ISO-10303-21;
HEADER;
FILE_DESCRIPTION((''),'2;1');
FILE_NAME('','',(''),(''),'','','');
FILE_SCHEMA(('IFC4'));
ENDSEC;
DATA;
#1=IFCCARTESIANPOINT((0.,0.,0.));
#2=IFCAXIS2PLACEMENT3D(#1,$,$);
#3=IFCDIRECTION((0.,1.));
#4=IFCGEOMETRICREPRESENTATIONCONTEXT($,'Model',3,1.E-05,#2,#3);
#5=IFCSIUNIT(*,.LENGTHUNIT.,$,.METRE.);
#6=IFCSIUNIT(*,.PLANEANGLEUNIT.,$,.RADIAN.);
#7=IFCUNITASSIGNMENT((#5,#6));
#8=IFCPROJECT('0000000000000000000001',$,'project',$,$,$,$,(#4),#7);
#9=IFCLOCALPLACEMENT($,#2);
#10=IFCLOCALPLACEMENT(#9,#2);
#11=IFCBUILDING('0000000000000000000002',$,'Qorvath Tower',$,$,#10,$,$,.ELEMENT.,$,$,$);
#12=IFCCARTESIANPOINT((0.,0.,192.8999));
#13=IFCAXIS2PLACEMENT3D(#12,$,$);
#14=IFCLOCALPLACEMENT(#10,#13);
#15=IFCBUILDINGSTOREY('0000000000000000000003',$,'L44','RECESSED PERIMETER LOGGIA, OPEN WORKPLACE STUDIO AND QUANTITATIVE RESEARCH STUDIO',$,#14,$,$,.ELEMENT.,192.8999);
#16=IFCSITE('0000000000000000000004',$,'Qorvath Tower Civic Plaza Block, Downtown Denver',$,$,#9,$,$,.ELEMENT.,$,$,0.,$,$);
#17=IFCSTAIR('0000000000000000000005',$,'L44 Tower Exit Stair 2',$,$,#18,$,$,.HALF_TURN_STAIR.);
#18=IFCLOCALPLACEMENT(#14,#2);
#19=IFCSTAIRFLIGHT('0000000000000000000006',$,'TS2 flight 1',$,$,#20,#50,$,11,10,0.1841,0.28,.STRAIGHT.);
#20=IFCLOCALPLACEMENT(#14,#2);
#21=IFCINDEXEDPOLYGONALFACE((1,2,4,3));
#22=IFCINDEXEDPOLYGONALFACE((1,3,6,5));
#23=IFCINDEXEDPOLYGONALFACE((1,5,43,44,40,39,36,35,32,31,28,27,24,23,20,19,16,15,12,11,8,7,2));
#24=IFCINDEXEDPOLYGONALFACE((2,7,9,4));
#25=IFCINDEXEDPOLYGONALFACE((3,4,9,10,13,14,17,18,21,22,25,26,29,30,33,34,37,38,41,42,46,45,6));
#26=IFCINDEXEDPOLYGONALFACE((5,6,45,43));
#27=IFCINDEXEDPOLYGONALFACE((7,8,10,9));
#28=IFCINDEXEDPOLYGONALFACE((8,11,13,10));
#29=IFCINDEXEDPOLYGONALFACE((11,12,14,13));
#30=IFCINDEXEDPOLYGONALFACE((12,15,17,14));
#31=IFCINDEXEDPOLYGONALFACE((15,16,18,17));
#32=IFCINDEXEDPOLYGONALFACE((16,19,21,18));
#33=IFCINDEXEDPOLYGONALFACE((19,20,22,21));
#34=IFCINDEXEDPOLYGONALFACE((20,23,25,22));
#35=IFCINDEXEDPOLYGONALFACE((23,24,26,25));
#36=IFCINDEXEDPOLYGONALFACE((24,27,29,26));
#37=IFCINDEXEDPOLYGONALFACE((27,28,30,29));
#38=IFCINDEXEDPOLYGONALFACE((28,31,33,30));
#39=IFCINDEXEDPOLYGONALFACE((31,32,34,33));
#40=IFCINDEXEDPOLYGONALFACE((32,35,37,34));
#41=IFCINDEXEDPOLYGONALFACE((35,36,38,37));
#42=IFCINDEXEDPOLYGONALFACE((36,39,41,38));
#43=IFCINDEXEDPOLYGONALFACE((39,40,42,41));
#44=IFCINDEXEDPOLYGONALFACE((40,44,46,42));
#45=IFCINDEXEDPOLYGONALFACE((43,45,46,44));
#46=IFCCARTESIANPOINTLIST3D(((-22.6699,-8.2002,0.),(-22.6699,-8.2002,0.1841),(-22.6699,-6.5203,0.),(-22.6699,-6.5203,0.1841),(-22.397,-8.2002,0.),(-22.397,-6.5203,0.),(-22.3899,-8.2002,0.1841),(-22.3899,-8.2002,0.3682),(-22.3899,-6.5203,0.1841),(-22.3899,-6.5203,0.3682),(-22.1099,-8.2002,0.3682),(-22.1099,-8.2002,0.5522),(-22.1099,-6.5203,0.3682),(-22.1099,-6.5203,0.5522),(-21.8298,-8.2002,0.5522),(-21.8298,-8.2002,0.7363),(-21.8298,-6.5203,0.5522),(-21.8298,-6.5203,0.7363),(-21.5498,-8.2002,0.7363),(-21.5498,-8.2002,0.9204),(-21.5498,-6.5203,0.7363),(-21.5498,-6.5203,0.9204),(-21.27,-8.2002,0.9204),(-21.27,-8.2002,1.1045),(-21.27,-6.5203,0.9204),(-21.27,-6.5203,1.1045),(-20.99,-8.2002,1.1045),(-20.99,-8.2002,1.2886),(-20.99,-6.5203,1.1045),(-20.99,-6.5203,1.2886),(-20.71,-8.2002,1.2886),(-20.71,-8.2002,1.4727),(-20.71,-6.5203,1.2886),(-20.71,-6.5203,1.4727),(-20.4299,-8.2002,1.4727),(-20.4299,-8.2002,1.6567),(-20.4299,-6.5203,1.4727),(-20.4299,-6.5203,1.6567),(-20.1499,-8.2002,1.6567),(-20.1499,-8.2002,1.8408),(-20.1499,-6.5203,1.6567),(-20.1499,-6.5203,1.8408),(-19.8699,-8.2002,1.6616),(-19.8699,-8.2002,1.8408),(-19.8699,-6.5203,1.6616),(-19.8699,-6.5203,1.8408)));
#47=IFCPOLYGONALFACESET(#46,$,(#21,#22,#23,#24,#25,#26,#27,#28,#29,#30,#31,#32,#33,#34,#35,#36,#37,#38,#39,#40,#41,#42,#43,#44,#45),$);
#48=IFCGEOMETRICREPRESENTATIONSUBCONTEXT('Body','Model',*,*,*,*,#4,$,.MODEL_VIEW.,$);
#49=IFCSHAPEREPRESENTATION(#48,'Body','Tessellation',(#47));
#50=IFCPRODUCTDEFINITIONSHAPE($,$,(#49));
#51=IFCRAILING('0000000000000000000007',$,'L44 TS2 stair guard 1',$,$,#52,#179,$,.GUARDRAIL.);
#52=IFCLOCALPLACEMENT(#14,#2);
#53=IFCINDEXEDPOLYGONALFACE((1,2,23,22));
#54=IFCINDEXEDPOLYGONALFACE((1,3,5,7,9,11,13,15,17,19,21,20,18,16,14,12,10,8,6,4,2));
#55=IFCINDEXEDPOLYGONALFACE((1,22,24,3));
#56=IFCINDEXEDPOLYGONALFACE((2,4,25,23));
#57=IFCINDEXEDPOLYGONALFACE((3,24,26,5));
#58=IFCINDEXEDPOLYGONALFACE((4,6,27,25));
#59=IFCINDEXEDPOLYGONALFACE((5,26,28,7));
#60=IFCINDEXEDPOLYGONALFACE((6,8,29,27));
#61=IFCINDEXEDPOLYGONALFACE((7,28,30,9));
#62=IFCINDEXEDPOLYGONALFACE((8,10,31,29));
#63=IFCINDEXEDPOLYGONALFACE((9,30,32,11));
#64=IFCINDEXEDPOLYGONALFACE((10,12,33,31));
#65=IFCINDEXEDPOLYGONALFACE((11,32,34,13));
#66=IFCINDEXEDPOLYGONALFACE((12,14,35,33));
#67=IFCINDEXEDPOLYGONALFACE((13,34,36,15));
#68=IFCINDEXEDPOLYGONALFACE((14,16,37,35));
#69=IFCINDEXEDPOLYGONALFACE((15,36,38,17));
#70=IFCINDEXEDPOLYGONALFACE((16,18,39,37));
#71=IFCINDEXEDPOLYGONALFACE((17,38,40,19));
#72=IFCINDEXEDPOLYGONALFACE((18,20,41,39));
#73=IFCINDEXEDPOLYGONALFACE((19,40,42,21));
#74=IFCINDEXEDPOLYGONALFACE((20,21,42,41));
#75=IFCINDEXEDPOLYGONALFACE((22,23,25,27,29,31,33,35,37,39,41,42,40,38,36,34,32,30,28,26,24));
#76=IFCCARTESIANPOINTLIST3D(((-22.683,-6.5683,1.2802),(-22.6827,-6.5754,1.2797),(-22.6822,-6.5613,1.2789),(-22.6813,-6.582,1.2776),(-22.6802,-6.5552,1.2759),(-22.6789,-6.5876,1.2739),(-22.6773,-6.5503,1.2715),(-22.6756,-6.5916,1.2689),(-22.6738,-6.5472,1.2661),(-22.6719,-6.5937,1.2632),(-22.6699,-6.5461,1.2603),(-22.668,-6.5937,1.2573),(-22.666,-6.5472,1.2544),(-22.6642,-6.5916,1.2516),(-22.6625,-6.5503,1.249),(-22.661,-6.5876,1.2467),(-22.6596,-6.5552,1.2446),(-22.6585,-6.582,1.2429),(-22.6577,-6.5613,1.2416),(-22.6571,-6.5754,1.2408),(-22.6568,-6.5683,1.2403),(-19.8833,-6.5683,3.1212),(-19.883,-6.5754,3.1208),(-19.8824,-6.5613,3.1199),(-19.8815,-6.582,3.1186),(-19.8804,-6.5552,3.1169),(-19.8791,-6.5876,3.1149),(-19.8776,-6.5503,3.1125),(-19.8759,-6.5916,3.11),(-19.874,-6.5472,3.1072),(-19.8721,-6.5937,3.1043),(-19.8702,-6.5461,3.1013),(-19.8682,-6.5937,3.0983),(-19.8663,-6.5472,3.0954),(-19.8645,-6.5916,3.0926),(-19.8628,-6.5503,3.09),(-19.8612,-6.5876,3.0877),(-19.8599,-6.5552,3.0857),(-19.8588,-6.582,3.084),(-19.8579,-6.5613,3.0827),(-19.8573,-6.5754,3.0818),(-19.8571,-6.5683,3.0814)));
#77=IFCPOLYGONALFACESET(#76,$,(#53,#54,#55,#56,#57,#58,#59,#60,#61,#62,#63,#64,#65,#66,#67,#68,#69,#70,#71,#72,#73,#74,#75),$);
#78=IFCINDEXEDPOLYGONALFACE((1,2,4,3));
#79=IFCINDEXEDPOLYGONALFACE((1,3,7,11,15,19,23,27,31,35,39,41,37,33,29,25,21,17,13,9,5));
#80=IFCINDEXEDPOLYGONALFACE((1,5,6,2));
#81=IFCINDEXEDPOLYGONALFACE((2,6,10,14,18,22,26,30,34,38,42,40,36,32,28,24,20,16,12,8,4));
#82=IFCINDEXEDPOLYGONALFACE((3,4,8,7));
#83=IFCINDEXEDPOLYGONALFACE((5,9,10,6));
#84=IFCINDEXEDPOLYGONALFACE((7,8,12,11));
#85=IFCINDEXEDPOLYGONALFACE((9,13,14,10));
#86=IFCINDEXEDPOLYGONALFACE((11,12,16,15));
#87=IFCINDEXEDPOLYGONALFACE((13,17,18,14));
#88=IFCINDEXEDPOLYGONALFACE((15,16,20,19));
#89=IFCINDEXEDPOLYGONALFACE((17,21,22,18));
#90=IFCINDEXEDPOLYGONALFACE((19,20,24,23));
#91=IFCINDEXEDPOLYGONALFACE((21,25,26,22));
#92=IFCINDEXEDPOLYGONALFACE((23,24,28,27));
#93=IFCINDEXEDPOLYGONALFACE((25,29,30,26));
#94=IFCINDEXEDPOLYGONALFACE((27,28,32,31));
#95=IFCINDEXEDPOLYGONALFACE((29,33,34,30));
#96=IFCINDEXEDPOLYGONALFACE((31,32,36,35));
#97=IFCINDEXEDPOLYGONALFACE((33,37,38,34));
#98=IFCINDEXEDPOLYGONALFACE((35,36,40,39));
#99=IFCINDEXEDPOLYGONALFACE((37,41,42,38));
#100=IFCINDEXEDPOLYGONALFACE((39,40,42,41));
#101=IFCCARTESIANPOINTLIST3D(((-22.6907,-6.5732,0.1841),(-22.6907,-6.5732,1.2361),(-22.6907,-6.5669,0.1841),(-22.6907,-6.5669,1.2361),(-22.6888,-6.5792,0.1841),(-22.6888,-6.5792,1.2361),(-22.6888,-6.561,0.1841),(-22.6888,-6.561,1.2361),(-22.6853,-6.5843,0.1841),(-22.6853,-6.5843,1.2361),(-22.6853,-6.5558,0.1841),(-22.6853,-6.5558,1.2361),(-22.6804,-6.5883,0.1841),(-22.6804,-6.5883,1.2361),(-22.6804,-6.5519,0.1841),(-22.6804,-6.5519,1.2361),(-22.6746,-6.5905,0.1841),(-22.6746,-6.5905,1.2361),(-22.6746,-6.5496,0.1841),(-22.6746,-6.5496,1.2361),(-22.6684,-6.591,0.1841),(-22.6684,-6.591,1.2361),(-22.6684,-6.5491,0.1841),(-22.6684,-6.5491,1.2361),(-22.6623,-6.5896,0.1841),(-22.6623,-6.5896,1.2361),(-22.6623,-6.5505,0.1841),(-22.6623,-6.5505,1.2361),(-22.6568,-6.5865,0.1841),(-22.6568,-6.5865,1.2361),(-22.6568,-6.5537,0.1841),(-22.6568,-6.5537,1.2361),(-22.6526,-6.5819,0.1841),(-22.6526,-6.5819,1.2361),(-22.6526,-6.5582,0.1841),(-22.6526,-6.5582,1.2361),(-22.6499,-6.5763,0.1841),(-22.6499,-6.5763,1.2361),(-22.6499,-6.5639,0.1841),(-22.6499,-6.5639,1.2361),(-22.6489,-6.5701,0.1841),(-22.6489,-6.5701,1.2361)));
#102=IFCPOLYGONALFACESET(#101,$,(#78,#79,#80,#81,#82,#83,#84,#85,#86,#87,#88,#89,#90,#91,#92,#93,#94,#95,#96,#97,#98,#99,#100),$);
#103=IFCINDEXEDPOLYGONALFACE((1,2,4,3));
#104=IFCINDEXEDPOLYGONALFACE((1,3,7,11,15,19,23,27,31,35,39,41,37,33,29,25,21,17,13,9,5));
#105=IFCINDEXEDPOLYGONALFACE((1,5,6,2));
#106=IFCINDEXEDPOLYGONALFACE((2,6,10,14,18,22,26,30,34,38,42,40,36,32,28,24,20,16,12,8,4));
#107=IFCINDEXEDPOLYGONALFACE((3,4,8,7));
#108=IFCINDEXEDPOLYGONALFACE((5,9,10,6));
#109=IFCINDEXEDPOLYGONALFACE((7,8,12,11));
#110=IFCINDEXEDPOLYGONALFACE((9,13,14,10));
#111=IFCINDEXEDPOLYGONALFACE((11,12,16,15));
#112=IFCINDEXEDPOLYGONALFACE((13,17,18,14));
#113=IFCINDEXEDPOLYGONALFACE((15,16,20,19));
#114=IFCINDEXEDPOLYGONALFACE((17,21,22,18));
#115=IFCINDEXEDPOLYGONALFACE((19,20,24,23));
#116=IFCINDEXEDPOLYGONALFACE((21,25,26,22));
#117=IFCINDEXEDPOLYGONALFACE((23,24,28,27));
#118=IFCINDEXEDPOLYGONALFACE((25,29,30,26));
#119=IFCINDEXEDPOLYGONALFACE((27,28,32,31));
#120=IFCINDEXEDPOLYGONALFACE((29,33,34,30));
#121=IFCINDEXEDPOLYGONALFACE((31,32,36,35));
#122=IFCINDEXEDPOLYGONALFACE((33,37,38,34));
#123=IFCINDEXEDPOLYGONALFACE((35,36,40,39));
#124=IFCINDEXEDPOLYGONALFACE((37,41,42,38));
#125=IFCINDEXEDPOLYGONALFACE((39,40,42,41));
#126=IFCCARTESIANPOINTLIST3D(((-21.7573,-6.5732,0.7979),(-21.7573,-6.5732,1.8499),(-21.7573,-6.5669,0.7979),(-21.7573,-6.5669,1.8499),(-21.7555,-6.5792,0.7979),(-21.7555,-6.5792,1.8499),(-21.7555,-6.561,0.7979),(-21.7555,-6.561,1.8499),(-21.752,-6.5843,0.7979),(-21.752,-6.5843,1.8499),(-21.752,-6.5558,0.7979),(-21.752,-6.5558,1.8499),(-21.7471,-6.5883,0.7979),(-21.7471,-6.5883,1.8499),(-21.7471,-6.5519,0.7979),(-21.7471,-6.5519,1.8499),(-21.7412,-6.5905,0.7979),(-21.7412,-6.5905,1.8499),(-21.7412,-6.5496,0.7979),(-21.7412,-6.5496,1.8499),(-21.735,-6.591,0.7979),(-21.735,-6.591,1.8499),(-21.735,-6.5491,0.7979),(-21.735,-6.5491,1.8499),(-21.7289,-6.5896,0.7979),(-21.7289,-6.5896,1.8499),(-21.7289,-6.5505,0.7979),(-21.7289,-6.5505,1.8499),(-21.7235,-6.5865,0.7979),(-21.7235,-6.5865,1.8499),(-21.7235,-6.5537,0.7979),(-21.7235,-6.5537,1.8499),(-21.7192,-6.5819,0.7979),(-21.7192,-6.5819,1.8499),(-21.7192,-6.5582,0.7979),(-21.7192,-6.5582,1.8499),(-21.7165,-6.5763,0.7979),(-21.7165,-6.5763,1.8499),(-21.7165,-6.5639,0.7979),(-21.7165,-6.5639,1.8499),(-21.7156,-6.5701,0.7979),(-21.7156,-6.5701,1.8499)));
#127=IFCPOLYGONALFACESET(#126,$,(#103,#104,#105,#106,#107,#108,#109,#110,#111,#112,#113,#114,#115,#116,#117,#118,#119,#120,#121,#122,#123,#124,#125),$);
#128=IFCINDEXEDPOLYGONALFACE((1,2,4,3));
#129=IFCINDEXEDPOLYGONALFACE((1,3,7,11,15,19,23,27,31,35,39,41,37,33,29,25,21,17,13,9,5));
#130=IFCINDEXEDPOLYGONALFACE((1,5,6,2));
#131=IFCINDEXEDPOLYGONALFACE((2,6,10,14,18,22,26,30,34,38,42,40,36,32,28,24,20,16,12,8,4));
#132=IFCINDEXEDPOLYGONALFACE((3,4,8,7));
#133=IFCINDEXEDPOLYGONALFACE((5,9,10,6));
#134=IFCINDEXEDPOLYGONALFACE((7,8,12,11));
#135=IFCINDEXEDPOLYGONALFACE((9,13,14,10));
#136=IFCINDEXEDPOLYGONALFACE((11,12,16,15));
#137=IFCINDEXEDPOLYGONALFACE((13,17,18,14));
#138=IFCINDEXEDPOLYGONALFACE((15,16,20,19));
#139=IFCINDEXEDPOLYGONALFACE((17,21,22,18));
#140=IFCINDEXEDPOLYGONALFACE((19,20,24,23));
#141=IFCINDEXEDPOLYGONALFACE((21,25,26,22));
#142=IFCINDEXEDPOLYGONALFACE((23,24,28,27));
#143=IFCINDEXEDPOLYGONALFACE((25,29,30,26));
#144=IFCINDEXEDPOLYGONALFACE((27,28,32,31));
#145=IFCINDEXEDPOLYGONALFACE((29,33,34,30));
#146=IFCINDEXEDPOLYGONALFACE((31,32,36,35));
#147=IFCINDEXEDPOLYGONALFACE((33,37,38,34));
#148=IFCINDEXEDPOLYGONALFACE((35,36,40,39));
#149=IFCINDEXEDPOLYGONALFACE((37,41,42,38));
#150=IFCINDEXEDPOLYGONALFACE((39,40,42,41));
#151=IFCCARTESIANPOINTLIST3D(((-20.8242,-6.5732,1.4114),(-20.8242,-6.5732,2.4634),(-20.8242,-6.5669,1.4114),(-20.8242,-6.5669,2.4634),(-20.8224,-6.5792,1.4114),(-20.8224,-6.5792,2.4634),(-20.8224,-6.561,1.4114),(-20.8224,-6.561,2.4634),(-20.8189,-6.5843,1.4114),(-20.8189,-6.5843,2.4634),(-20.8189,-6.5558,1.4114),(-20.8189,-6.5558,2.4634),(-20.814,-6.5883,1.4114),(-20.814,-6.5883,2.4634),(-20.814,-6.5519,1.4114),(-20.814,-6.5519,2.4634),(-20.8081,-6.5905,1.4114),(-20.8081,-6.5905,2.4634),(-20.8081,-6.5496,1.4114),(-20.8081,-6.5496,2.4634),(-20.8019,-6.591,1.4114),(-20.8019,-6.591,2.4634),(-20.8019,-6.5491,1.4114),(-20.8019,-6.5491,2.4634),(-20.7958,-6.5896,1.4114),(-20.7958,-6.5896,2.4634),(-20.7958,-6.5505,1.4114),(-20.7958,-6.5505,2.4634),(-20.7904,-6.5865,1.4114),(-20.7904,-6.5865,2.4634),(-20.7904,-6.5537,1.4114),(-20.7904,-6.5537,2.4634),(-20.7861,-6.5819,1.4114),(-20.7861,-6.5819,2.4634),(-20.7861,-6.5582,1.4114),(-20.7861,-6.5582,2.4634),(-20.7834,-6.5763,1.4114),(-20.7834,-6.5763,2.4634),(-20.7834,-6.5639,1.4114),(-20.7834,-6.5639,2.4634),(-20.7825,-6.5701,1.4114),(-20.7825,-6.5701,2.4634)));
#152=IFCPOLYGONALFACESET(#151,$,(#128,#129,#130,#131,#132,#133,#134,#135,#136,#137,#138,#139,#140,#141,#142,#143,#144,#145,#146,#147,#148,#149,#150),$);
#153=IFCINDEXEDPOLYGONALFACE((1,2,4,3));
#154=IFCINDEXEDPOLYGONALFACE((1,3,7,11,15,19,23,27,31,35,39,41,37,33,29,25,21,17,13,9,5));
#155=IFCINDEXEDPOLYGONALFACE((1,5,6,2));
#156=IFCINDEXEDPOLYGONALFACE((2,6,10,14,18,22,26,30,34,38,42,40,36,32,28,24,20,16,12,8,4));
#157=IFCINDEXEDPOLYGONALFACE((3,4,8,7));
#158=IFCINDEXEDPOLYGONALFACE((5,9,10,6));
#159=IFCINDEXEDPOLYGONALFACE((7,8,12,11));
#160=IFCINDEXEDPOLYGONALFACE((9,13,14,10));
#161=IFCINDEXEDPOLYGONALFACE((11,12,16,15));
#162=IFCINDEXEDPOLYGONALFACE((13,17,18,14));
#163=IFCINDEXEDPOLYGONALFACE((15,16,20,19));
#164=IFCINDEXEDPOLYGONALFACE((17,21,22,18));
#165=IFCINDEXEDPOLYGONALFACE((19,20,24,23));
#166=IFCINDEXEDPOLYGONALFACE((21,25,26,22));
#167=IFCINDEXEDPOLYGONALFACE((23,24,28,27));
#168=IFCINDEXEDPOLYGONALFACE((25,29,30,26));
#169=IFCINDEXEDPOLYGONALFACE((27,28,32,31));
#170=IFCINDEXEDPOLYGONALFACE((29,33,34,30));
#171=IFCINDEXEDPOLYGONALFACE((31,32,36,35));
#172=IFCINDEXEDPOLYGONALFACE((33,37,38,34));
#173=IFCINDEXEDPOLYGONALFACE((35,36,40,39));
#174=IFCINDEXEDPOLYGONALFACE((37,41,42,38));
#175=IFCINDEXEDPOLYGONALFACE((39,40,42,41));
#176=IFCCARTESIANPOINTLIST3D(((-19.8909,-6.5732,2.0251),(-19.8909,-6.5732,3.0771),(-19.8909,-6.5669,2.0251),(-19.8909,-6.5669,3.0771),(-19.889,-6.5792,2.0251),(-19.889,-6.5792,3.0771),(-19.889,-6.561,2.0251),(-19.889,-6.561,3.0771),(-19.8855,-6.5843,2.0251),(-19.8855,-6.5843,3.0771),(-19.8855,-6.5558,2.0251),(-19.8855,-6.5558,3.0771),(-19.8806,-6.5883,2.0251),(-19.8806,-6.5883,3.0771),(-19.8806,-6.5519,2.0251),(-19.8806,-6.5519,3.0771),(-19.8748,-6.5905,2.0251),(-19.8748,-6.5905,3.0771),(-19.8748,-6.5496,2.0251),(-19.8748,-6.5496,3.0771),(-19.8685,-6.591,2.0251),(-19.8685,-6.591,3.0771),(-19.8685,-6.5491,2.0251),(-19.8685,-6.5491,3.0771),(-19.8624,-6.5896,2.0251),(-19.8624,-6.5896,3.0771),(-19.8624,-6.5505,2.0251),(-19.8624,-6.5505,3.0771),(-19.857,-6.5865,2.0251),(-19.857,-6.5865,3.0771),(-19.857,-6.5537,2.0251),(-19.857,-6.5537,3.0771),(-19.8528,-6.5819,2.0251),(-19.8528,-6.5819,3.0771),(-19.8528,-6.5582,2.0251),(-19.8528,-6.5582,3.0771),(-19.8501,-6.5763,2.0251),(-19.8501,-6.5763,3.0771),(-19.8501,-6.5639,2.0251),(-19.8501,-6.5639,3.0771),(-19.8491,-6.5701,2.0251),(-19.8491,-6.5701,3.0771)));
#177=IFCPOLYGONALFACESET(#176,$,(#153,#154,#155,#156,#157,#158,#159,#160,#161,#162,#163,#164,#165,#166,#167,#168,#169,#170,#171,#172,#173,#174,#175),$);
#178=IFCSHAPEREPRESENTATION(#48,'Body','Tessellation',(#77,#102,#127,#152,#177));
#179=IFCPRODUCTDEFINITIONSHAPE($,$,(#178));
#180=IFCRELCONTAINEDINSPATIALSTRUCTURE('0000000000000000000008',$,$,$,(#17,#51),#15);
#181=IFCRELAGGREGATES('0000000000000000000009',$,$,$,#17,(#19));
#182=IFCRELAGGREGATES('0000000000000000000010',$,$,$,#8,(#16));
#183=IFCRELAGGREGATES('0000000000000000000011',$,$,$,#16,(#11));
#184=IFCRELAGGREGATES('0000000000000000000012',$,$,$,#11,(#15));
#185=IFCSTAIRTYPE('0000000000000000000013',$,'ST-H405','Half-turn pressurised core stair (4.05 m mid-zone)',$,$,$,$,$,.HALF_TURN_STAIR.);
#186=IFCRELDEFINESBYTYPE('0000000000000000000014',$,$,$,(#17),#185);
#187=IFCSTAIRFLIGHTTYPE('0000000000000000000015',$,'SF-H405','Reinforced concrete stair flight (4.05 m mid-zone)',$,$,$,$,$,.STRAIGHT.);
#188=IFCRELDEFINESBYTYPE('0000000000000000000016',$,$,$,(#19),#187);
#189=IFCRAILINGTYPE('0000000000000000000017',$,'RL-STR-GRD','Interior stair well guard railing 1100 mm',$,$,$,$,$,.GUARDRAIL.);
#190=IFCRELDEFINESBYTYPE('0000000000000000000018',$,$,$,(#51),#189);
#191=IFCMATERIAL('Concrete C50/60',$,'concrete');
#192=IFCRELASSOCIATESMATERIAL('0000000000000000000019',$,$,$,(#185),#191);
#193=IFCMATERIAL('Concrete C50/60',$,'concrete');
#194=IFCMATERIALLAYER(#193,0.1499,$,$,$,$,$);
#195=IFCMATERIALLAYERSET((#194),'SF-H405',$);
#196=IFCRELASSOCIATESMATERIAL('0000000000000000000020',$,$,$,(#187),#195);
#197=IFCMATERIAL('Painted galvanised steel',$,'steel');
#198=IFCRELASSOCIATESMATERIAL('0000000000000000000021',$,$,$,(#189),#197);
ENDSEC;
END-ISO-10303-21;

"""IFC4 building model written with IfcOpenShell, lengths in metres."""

from ifc_helpers import new_model, si_unit, direction, frame, origin, origin_2d, place, context, subcontext, project, spatial, polyline, circle, outline, extrude, material, layer, layer_set, type_object, element, aggregate, save


model = new_model("IFC4")

# Units and contexts
model_context = context("Model", 3, precision=1e-05, world=origin(), true_north=direction((0.0, 1.0)))
body_context = subcontext(model_context, "Body", "Model", "MODEL_VIEW")
ifc_project = project(units=[si_unit("LENGTHUNIT", "METRE"), si_unit("PLANEANGLEUNIT", "RADIAN")], contexts=[model_context])

# Site, building, storey
site_placement = place(None, origin())
site = spatial("IfcSite", under=ifc_project, at=site_placement, Name="Qorvath Tower Civic Plaza Block, Downtown Denver", CompositionType="ELEMENT", RefElevation=0.0)
building_placement = place(site_placement, origin())
building = spatial("IfcBuilding", under=site, at=building_placement, Name="Qorvath Tower", CompositionType="ELEMENT")
storey_placement = place(building_placement, frame((0.0, 0.0, 192.8999)))
storey = spatial("IfcBuildingStorey", under=building, at=storey_placement, Name="L44", Description="RECESSED PERIMETER LOGGIA, OPEN WORKPLACE STUDIO AND QUANTITATIVE RESEARCH STUDIO", CompositionType="ELEMENT", Elevation=192.8999)

# Stair, stair flight
ifc_material_1 = material(Name="Concrete C50/60", Category="concrete")
stair_type = type_object("IfcStairType", Name="ST-H405", Description="Half-turn pressurised core stair (4.05 m mid-zone)", PredefinedType="HALF_TURN_STAIR", material=ifc_material_1)
stair_placement = place(storey_placement, origin())
stair = element("IfcStair", 1, at=stair_placement, inside=storey, type_object=stair_type, Name="L44 Tower Exit Stair 2", PredefinedType="HALF_TURN_STAIR")
ifc_material_2 = material(Name="Concrete C50/60", Category="concrete")
ifc_layer_1 = layer(ifc_material_2, 0.1499)
ifc_layer_set_1 = layer_set([ifc_layer_1], Name="SF-H405")
stair_flight_type = type_object("IfcStairFlightType", Name="SF-H405", Description="Reinforced concrete stair flight (4.05 m mid-zone)", PredefinedType="STRAIGHT", material=ifc_layer_set_1)
stair_flight_placement = place(storey_placement, frame((-22.6699, -7.3601, 0.0), z_axis=(0.0, 0.0, 1.0), x_axis=(1.0, 0.0, 0.0)))
stair_flight = element("IfcStairFlight", 2, at=stair_flight_placement, type_object=stair_flight_type, Name="TS2 flight 1", NumberOfRisers=11, NumberOfTreads=10, PredefinedType="STRAIGHT", RiserHeight=0.1841, TreadLength=0.28, context=body_context, shape_type="SweptSolid", body=[
    extrude(outline(polyline([(0.0, 0.0), (0.0, 0.1841), (0.28, 0.1841), (0.28, 0.3682), (0.5601, 0.3682), (0.5601, 0.5522), (0.8401, 0.5522), (0.8401, 0.7363), (1.1201, 0.7363), (1.1201, 0.9204), (1.3999, 0.9204), (1.3999, 1.1045), (1.6799, 1.1045), (1.6799, 1.2886), (1.96, 1.2886), (1.96, 1.4727), (2.24, 1.4727), (2.24, 1.6567), (2.52, 1.6567), (2.52, 1.8408), (2.8, 1.8408), (2.8, 2.0249), (2.8, 1.6616), (0.2729, 0.0), (0.0, 0.0)])), frame((0.0, 0.8398, 0.0), z_axis=(0.0, -1.0, 0.0), x_axis=(1.0, 0.0, 0.0)), (0.0, 0.0, 1.0), 1.6799),
])
aggregate(stair, [stair_flight])

# Railing
ifc_material_3 = material(Name="Painted galvanised steel", Category="steel")
railing_type = type_object("IfcRailingType", Name="RL-STR-GRD", Description="Interior stair well guard railing 1100 mm", PredefinedType="GUARDRAIL", material=ifc_material_3)
railing_1_placement = place(storey_placement, frame((-22.6699, -6.5701, 0.1841)))
element("IfcRailing", 3, at=railing_1_placement, inside=storey, type_object=railing_type, Name="L44 TS2 stair guard 1", PredefinedType="GUARDRAIL", context=body_context, shape_type="SweptSolid", body=[
    extrude(circle(Radius=0.0239, at=origin_2d()), frame((0.0, 0.0, 1.0762), z_axis=(0.835542, 0.0, 0.549426), x_axis=(0.0, 1.0, 0.0)), (0.0, 0.0, 1.0), 3.3508),
    extrude(circle(Radius=0.021, at=origin_2d()), origin(), (0.0, 0.0, 1.0), 1.052),
    extrude(circle(Radius=0.021, at=origin_2d()), frame((0.9333, 0.0, 0.6138)), (0.0, 0.0, 1.0), 1.052),
    extrude(circle(Radius=0.021, at=origin_2d()), frame((1.8665, 0.0, 1.2273)), (0.0, 0.0, 1.0), 1.052),
    extrude(circle(Radius=0.021, at=origin_2d()), frame((2.7998, 0.0, 1.8411)), (0.0, 0.0, 1.0), 1.052),
])

save(model, "model.ifc")
